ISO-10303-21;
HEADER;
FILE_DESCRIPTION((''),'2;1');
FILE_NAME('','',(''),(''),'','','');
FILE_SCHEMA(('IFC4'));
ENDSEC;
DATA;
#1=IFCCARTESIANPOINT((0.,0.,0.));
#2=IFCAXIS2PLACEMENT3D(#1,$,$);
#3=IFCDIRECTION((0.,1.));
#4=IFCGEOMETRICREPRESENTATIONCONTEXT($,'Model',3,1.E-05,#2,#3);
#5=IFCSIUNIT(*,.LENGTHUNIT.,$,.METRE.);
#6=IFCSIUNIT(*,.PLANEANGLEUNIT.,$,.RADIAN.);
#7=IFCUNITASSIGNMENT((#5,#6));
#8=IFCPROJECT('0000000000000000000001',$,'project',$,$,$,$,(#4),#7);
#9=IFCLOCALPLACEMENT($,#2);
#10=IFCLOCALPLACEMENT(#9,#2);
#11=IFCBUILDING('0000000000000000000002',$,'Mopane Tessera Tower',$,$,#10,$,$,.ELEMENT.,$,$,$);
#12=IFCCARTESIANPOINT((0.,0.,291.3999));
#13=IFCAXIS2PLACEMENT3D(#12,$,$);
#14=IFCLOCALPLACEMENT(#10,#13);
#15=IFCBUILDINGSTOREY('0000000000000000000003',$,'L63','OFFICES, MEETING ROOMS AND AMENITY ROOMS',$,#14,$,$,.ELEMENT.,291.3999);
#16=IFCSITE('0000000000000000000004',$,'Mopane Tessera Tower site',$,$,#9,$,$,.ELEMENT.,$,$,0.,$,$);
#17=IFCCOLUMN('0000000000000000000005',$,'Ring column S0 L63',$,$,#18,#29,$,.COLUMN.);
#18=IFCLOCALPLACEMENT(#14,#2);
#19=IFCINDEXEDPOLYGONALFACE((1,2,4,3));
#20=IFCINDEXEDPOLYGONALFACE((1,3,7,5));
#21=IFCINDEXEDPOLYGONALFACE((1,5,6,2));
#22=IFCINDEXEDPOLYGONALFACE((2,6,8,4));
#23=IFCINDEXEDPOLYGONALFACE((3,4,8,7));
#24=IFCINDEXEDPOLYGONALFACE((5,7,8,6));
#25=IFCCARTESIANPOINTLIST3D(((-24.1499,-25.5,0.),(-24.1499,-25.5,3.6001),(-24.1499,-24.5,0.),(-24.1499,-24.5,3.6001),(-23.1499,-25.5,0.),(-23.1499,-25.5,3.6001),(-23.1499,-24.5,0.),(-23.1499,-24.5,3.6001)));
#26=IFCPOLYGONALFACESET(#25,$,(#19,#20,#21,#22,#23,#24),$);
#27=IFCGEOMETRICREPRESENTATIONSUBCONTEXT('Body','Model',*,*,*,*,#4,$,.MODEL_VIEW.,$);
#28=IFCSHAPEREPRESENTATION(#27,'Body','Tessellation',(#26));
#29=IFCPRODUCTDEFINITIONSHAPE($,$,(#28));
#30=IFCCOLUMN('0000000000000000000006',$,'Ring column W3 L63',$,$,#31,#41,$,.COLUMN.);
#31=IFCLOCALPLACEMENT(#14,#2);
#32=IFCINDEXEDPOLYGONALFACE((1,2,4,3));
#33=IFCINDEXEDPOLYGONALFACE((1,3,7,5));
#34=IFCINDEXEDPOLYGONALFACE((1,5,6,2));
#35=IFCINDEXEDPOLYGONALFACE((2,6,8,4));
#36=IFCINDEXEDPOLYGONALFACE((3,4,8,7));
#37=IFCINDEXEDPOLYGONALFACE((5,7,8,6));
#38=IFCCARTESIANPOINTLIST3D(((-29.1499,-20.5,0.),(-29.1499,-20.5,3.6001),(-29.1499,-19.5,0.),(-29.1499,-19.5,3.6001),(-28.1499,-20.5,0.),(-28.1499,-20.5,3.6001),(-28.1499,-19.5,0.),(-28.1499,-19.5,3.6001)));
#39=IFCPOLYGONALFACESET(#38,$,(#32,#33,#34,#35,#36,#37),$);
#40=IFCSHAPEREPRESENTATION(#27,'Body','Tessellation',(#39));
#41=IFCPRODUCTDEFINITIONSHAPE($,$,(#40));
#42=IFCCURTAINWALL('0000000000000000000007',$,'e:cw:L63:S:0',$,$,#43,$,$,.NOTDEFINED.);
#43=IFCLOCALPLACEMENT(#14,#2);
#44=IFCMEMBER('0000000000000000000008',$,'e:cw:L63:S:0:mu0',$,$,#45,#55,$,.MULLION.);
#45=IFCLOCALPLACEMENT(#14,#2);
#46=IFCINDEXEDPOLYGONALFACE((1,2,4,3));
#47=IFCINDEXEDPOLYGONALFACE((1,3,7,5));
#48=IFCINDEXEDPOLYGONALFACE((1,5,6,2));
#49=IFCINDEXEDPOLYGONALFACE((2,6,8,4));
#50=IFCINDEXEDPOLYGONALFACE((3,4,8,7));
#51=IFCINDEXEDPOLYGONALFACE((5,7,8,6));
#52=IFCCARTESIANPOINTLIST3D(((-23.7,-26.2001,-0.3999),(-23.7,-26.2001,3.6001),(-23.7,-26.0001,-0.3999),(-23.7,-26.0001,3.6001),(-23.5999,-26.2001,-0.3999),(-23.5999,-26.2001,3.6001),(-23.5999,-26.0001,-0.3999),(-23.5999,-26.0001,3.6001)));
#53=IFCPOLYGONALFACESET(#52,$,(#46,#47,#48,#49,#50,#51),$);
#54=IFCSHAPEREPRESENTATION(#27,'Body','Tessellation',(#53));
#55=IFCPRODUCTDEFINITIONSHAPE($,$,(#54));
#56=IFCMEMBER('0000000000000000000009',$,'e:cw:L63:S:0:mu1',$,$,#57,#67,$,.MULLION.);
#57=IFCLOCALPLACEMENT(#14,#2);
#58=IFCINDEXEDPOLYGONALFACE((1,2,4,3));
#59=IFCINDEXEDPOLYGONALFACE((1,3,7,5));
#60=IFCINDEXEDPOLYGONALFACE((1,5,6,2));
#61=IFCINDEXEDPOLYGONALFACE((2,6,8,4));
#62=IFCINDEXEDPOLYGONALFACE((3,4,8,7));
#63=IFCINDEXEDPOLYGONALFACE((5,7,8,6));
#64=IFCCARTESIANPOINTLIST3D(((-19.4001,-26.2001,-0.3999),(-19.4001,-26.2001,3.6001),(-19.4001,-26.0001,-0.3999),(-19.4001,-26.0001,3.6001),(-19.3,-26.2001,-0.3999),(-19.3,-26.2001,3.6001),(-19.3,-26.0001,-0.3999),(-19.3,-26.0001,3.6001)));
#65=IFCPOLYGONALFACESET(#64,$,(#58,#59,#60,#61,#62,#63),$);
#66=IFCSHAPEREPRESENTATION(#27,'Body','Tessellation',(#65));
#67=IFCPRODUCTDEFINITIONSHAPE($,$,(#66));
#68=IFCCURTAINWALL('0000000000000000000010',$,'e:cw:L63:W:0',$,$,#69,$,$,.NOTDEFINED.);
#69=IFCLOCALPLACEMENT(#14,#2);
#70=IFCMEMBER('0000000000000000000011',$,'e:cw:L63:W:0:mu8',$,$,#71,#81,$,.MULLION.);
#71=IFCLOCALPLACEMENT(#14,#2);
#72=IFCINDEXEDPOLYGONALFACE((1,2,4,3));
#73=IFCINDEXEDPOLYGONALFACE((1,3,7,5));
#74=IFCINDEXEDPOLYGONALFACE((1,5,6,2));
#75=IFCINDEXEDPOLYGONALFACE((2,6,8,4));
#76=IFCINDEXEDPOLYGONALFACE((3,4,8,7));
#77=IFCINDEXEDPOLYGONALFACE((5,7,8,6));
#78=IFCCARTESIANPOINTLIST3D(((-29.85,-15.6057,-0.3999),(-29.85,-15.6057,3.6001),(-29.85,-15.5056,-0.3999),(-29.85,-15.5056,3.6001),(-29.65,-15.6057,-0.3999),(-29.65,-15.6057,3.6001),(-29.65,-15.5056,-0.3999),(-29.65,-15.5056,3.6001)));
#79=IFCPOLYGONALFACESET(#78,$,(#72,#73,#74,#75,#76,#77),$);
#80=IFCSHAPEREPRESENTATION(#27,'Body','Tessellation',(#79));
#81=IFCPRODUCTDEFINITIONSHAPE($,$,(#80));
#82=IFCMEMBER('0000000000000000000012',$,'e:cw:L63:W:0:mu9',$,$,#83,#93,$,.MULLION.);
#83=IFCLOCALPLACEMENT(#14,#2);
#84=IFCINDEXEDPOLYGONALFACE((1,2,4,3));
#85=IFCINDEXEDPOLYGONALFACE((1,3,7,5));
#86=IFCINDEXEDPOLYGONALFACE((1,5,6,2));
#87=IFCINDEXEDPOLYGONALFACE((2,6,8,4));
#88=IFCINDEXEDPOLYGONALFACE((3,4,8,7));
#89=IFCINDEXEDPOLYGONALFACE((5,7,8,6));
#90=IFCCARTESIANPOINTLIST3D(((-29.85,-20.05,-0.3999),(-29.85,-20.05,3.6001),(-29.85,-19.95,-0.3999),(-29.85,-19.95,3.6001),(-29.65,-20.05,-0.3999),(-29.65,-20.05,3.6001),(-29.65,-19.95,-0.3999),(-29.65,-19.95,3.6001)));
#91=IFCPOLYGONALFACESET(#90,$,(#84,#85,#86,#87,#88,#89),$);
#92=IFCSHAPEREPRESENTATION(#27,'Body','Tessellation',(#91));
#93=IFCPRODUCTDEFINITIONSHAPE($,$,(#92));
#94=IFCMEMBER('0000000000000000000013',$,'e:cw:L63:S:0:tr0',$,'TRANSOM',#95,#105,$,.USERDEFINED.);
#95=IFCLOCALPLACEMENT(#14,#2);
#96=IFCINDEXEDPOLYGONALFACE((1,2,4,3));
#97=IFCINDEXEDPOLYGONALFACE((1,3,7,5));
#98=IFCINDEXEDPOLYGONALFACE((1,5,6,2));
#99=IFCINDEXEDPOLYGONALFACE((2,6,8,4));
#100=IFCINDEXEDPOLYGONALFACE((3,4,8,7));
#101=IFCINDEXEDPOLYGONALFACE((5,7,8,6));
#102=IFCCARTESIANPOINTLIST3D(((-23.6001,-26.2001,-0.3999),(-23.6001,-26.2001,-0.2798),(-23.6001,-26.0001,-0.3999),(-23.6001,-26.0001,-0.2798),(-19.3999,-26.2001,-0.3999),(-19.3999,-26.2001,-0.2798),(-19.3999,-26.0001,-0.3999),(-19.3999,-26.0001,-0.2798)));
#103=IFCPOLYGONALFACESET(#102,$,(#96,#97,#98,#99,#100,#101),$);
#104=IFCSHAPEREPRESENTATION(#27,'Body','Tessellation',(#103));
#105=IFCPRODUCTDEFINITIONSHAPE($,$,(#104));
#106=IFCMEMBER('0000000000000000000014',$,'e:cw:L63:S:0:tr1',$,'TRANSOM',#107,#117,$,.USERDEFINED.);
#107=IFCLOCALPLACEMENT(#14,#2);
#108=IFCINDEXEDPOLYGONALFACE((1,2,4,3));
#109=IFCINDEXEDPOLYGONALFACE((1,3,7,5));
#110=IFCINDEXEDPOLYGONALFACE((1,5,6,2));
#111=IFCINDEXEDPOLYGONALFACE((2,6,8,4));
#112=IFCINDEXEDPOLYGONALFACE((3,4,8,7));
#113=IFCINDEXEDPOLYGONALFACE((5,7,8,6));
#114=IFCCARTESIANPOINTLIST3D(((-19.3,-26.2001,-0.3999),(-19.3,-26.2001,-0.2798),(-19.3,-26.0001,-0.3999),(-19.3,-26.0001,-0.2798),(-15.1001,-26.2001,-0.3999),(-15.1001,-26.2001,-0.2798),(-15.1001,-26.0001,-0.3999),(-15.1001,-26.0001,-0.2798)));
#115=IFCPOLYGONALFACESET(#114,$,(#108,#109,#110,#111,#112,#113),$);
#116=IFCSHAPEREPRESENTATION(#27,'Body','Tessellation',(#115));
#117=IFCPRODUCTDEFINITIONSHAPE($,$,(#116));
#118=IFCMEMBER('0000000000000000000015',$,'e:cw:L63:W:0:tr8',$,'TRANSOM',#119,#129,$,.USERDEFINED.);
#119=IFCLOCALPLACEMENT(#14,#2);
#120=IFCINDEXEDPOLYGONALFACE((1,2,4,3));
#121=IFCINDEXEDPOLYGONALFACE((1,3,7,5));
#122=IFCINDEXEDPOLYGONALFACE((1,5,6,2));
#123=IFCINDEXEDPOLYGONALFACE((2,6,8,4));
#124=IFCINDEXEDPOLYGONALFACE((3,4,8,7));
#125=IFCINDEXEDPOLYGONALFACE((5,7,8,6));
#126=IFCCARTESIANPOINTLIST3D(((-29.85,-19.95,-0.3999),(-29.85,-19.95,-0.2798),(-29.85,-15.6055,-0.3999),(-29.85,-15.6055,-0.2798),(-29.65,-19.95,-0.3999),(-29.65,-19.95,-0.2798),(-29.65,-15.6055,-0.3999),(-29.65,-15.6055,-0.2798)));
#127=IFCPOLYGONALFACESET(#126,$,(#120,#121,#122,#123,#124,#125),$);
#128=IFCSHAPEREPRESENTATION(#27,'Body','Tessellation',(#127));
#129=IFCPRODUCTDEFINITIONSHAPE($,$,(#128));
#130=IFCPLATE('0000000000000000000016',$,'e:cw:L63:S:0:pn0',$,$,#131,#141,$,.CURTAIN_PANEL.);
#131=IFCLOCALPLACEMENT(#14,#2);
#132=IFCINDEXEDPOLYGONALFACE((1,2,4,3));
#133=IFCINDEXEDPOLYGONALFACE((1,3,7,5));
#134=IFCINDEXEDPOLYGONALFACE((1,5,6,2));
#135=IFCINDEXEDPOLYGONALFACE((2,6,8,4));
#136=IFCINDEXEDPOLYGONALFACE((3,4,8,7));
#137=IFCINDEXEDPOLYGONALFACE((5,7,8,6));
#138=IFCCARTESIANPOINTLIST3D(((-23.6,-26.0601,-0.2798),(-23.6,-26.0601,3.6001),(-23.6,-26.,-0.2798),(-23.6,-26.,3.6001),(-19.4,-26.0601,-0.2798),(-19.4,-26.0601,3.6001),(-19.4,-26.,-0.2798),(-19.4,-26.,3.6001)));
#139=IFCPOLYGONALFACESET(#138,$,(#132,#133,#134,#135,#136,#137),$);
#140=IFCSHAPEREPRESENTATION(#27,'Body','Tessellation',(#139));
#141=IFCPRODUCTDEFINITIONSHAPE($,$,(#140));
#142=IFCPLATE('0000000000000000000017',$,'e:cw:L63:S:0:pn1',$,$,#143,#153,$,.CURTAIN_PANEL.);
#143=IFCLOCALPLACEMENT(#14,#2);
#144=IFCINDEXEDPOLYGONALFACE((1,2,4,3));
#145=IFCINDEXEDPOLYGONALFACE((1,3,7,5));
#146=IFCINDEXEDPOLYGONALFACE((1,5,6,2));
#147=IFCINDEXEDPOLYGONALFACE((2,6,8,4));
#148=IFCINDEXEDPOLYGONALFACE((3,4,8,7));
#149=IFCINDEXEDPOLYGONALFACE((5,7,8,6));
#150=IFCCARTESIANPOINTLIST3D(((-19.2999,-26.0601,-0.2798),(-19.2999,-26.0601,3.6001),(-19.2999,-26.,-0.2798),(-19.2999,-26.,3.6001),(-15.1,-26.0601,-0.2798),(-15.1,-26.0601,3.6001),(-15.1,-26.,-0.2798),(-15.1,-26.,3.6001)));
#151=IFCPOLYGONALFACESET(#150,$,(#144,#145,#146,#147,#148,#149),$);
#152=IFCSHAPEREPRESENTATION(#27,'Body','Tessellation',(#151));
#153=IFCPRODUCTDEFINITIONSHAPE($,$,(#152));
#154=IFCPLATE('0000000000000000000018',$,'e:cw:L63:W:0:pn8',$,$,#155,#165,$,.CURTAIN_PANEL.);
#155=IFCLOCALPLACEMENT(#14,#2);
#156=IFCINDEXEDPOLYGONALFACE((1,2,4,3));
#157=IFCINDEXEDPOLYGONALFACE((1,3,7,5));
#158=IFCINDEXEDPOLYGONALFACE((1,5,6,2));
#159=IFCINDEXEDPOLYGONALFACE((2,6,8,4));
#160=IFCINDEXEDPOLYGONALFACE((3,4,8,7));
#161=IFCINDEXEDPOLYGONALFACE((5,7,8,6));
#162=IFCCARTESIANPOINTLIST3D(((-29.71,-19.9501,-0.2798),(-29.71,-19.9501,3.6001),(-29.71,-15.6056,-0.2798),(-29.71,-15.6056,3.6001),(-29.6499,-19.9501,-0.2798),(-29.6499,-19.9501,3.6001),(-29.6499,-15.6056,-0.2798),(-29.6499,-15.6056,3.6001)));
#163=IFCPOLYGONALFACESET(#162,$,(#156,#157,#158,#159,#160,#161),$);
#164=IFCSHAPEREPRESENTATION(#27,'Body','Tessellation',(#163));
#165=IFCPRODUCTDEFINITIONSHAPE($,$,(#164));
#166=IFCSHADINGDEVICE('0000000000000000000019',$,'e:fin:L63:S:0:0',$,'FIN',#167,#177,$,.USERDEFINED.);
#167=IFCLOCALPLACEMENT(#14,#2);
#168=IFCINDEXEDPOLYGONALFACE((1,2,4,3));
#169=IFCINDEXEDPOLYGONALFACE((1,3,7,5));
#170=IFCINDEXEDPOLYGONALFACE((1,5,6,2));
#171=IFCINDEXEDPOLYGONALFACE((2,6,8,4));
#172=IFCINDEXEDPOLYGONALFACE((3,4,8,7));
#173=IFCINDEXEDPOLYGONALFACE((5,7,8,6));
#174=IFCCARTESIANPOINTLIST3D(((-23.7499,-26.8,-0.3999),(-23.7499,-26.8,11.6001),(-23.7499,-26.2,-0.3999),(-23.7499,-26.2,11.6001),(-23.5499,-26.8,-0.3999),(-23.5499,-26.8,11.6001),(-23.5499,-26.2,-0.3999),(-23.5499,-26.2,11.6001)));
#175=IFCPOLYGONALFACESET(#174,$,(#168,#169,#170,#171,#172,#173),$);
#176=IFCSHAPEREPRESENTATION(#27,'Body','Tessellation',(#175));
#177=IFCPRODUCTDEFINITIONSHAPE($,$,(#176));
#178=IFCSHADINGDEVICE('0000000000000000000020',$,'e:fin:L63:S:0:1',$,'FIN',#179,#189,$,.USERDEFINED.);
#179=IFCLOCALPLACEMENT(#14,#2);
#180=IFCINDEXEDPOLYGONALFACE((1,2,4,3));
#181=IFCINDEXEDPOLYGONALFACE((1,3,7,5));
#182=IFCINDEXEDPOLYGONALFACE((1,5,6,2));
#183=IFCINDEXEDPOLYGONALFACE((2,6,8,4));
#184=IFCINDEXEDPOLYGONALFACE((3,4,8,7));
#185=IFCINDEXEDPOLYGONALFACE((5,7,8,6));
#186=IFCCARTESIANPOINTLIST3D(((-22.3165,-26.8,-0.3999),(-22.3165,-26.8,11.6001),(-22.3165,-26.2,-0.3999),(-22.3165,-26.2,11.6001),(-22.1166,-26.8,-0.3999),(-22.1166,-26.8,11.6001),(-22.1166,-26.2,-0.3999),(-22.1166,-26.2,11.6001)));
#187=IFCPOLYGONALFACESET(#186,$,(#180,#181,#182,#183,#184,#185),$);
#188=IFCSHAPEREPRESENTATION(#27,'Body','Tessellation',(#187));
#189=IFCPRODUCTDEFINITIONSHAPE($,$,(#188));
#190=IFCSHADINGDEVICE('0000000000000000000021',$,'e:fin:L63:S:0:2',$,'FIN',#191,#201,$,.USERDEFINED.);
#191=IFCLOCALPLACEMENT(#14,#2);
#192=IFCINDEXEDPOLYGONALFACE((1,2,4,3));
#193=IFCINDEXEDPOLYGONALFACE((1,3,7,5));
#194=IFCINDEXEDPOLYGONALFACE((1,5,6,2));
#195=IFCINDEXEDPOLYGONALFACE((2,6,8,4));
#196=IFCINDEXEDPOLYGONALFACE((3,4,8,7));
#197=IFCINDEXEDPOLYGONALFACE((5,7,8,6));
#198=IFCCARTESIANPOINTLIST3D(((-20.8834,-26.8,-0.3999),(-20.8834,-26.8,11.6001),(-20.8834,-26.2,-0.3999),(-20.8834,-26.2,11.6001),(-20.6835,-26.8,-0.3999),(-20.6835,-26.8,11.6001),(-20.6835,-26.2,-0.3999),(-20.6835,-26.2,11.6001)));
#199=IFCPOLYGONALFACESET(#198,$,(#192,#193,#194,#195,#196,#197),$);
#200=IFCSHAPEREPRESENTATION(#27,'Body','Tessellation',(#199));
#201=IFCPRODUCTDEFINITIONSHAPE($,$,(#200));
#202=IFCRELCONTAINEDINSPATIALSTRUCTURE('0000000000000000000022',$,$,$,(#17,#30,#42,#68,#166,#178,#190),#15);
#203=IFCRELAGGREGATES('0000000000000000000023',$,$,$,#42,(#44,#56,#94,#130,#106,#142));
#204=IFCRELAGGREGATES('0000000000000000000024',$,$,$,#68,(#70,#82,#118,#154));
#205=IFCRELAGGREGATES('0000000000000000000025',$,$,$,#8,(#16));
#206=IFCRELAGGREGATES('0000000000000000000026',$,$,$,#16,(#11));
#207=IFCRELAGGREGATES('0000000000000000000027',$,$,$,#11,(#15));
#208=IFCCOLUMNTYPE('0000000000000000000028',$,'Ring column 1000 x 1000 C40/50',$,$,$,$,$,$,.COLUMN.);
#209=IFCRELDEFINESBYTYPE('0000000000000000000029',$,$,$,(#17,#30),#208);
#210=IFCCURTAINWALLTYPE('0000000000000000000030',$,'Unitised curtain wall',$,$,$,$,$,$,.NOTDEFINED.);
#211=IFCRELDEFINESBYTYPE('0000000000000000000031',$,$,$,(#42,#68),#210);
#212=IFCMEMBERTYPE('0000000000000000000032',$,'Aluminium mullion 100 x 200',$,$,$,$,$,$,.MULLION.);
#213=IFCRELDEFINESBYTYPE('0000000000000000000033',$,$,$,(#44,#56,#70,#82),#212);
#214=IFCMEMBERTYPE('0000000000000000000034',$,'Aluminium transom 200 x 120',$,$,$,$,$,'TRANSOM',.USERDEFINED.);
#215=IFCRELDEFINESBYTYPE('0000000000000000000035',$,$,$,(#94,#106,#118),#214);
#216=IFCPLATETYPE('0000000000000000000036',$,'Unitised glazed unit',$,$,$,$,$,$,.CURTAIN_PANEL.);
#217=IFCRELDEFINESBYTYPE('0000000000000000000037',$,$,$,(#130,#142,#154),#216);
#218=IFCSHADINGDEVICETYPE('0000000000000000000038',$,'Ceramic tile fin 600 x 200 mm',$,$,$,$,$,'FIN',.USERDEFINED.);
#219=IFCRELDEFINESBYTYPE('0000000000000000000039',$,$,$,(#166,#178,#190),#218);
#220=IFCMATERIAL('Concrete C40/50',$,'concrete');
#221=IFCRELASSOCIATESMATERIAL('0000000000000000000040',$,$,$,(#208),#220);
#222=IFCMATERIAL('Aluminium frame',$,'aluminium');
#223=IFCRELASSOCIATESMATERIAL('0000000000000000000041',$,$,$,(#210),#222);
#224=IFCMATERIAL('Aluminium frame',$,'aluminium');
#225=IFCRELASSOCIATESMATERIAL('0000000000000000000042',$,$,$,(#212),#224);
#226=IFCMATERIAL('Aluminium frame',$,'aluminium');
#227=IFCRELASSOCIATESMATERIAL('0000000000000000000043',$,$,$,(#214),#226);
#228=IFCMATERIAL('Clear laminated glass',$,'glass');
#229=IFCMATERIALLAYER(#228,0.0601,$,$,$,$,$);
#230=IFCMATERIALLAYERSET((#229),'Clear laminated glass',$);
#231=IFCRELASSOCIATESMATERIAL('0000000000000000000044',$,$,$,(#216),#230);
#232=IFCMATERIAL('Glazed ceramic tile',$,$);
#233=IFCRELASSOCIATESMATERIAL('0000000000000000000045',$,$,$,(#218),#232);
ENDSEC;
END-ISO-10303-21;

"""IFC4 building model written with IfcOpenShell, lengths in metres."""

from ifc_helpers import new_model, si_unit, direction, frame, origin, origin_2d, place, context, subcontext, project, spatial, rectangle, extrude, material, layer, layer_set, material_profile, profile_set, type_object, element, aggregate, save


model = new_model("IFC4")

# Units and contexts
model_context = context("Model", 3, precision=1e-05, world=origin(), true_north=direction((0.0, 1.0)))
body_context = subcontext(model_context, "Body", "Model", "MODEL_VIEW")
ifc_project = project(units=[si_unit("LENGTHUNIT", "METRE"), si_unit("PLANEANGLEUNIT", "RADIAN")], contexts=[model_context])

# Site, building, storey
site_placement = place(None, origin())
site = spatial("IfcSite", under=ifc_project, at=site_placement, Name="Mopane Tessera Tower site", CompositionType="ELEMENT", RefElevation=0.0)
building_placement = place(site_placement, origin())
building = spatial("IfcBuilding", under=site, at=building_placement, Name="Mopane Tessera Tower", CompositionType="ELEMENT")
storey_placement = place(building_placement, frame((0.0, 0.0, 291.3999)))
storey = spatial("IfcBuildingStorey", under=building, at=storey_placement, Name="L63", Description="OFFICES, MEETING ROOMS AND AMENITY ROOMS", CompositionType="ELEMENT", Elevation=291.3999)

# Columns
ifc_material_1 = material(Name="Concrete C40/50", Category="concrete")
ifc_material_profile_1 = material_profile(ifc_material_1, rectangle(XDim=1.0, YDim=1.0, at=origin_2d()))
ifc_profile_set_1 = profile_set([ifc_material_profile_1], Name="Concrete C40/50")
column_type = type_object("IfcColumnType", Name="Ring column 1000 x 1000 C40/50", PredefinedType="COLUMN", material=ifc_profile_set_1)
for number, where, z_axis, x_axis, name in (
    (1, (-23.6499, -25.0, 0.0), (0.0, 0.0, 1.0), (1.0, 0.0, 0.0), "Ring column S0 L63"),
    (2, (-28.6499, -20.0, 0.0), (0.0, 0.0, 1.0), (1.0, 0.0, 0.0), "Ring column W3 L63"),
):
    element("IfcColumn", number, at=place(storey_placement, frame(where, z_axis=z_axis, x_axis=x_axis)), inside=storey, type_object=column_type, Name=name, PredefinedType="COLUMN", context=body_context, shape_type="SweptSolid", body=[
        extrude(rectangle(XDim=1.0, YDim=1.0, at=origin_2d()), origin(), (0.0, 0.0, 1.0), 3.6001),
    ])

# Curtain walls, members
ifc_material_2 = material(Name="Aluminium frame", Category="aluminium")
curtain_wall_type = type_object("IfcCurtainWallType", Name="Unitised curtain wall", PredefinedType="NOTDEFINED", material=ifc_material_2)
curtain_wall_1_placement = place(storey_placement, origin())
curtain_wall_1 = element("IfcCurtainWall", 3, at=curtain_wall_1_placement, inside=storey, type_object=curtain_wall_type, Name="e:cw:L63:S:0", PredefinedType="NOTDEFINED")
ifc_material_3 = material(Name="Aluminium frame", Category="aluminium")
ifc_material_profile_2 = material_profile(ifc_material_3, rectangle(XDim=0.1001, YDim=0.2, at=origin_2d()))
ifc_profile_set_2 = profile_set([ifc_material_profile_2], Name="Aluminium frame")
member_type_1 = type_object("IfcMemberType", Name="Aluminium mullion 100 x 200", PredefinedType="MULLION", material=ifc_profile_set_2)
member_1_placement = place(storey_placement, frame((-23.6499, -26.1001, -0.3999), z_axis=(0.0, 0.0, 1.0), x_axis=(1.0, 0.0, 0.0)))
member_1 = element("IfcMember", 4, at=member_1_placement, type_object=member_type_1, Name="e:cw:L63:S:0:mu0", PredefinedType="MULLION", context=body_context, shape_type="SweptSolid", body=[
    extrude(rectangle(XDim=0.1001, YDim=0.2, at=origin_2d()), origin(), (0.0, 0.0, 1.0), 4.0),
])
member_2_placement = place(storey_placement, frame((-19.3501, -26.1001, -0.3999), z_axis=(0.0, 0.0, 1.0), x_axis=(1.0, 0.0, 0.0)))
member_2 = element("IfcMember", 5, at=member_2_placement, type_object=member_type_1, Name="e:cw:L63:S:0:mu1", PredefinedType="MULLION", context=body_context, shape_type="SweptSolid", body=[
    extrude(rectangle(XDim=0.1001, YDim=0.2, at=origin_2d()), origin(), (0.0, 0.0, 1.0), 4.0),
])
curtain_wall_2_placement = place(storey_placement, origin())
curtain_wall_2 = element("IfcCurtainWall", 6, at=curtain_wall_2_placement, inside=storey, type_object=curtain_wall_type, Name="e:cw:L63:W:0", PredefinedType="NOTDEFINED")
member_3_placement = place(storey_placement, frame((-29.75, -15.5557, -0.3999), z_axis=(0.0, 0.0, 1.0), x_axis=(0.0, -1.0, 0.0)))
member_3 = element("IfcMember", 7, at=member_3_placement, type_object=member_type_1, Name="e:cw:L63:W:0:mu8", PredefinedType="MULLION", context=body_context, shape_type="SweptSolid", body=[
    extrude(rectangle(XDim=0.1001, YDim=0.2, at=origin_2d()), origin(), (0.0, 0.0, 1.0), 4.0),
])
member_4_placement = place(storey_placement, frame((-29.75, -20.0, -0.3999), z_axis=(0.0, 0.0, 1.0), x_axis=(0.0, -1.0, 0.0)))
member_4 = element("IfcMember", 8, at=member_4_placement, type_object=member_type_1, Name="e:cw:L63:W:0:mu9", PredefinedType="MULLION", context=body_context, shape_type="SweptSolid", body=[
    extrude(rectangle(XDim=0.1001, YDim=0.2, at=origin_2d()), origin(), (0.0, 0.0, 1.0), 4.0),
])

# Members
ifc_material_4 = material(Name="Aluminium frame", Category="aluminium")
ifc_material_profile_3 = material_profile(ifc_material_4, rectangle(XDim=0.2, YDim=0.1201, at=origin_2d()))
ifc_profile_set_3 = profile_set([ifc_material_profile_3], Name="Aluminium frame")
member_type_2 = type_object("IfcMemberType", Name="Aluminium transom 200 x 120", ElementType="TRANSOM", PredefinedType="USERDEFINED", material=ifc_profile_set_3)
member_5_placement = place(storey_placement, frame((-23.6001, -26.1001, -0.3398), z_axis=(1.0, 0.0, 0.0), x_axis=(0.0, 1.0, 0.0)))
member_5 = element("IfcMember", 9, at=member_5_placement, type_object=member_type_2, Name="e:cw:L63:S:0:tr0", ObjectType="TRANSOM", PredefinedType="USERDEFINED", context=body_context, shape_type="SweptSolid", body=[
    extrude(rectangle(XDim=0.2, YDim=0.1201, at=origin_2d()), origin(), (0.0, 0.0, 1.0), 4.2002),
])
member_6_placement = place(storey_placement, frame((-19.3, -26.1001, -0.3398), z_axis=(1.0, 0.0, 0.0), x_axis=(0.0, 1.0, 0.0)))
member_6 = element("IfcMember", 10, at=member_6_placement, type_object=member_type_2, Name="e:cw:L63:S:0:tr1", ObjectType="TRANSOM", PredefinedType="USERDEFINED", context=body_context, shape_type="SweptSolid", body=[
    extrude(rectangle(XDim=0.2, YDim=0.1201, at=origin_2d()), origin(), (0.0, 0.0, 1.0), 4.2),
])
member_7_placement = place(storey_placement, frame((-29.75, -15.6055, -0.3398), z_axis=(0.0, -1.0, 0.0), x_axis=(1.0, 0.0, 0.0)))
member_7 = element("IfcMember", 11, at=member_7_placement, type_object=member_type_2, Name="e:cw:L63:W:0:tr8", ObjectType="TRANSOM", PredefinedType="USERDEFINED", context=body_context, shape_type="SweptSolid", body=[
    extrude(rectangle(XDim=0.2, YDim=0.1201, at=origin_2d()), origin(), (0.0, 0.0, 1.0), 4.3445),
])

# Plates
ifc_material_5 = material(Name="Clear laminated glass", Category="glass")
ifc_layer = layer(ifc_material_5, 0.0601)
ifc_layer_set = layer_set([ifc_layer], Name="Clear laminated glass")
plate_type = type_object("IfcPlateType", Name="Unitised glazed unit", PredefinedType="CURTAIN_PANEL", material=ifc_layer_set)
plate_1_placement = place(storey_placement, frame((-21.5, -26.03, -0.2798), z_axis=(0.0, 0.0, 1.0), x_axis=(1.0, 0.0, 0.0)))
plate_1 = element("IfcPlate", 12, at=plate_1_placement, type_object=plate_type, Name="e:cw:L63:S:0:pn0", PredefinedType="CURTAIN_PANEL", context=body_context, shape_type="SweptSolid", body=[
    extrude(rectangle(XDim=4.2, YDim=0.0601, at=origin_2d()), origin(), (0.0, 0.0, 1.0), 3.8799),
])
plate_2_placement = place(storey_placement, frame((-17.2, -26.03, -0.2798), z_axis=(0.0, 0.0, 1.0), x_axis=(1.0, 0.0, 0.0)))
plate_2 = element("IfcPlate", 13, at=plate_2_placement, type_object=plate_type, Name="e:cw:L63:S:0:pn1", PredefinedType="CURTAIN_PANEL", context=body_context, shape_type="SweptSolid", body=[
    extrude(rectangle(XDim=4.2, YDim=0.0601, at=origin_2d()), origin(), (0.0, 0.0, 1.0), 3.8799),
])
aggregate(curtain_wall_1, [member_1, member_2, member_5, plate_1, member_6, plate_2])
plate_3_placement = place(storey_placement, frame((-29.6799, -17.7778, -0.2798), z_axis=(0.0, 0.0, 1.0), x_axis=(0.0, -1.0, 0.0)))
plate_3 = element("IfcPlate", 14, at=plate_3_placement, type_object=plate_type, Name="e:cw:L63:W:0:pn8", PredefinedType="CURTAIN_PANEL", context=body_context, shape_type="SweptSolid", body=[
    extrude(rectangle(XDim=4.3445, YDim=0.0601, at=origin_2d()), origin(), (0.0, 0.0, 1.0), 3.8799),
])
aggregate(curtain_wall_2, [member_3, member_4, member_7, plate_3])

# Shading devices
ifc_material_6 = material(Name="Glazed ceramic tile")
shading_device_type = type_object("IfcShadingDeviceType", Name="Ceramic tile fin 600 x 200 mm", ElementType="FIN", PredefinedType="USERDEFINED", material=ifc_material_6)
for number, where, z_axis, x_axis, name in (
    (15, (-23.6499, -26.5, -0.3999), (0.0, 0.0, 1.0), (1.0, 0.0, 0.0), "e:fin:L63:S:0:0"),
    (16, (-22.2166, -26.5, -0.3999), (0.0, 0.0, 1.0), (1.0, 0.0, 0.0), "e:fin:L63:S:0:1"),
    (17, (-20.7834, -26.5, -0.3999), (0.0, 0.0, 1.0), (1.0, 0.0, 0.0), "e:fin:L63:S:0:2"),
):
    element("IfcShadingDevice", number, at=place(storey_placement, frame(where, z_axis=z_axis, x_axis=x_axis)), inside=storey, type_object=shading_device_type, Name=name, ObjectType="FIN", PredefinedType="USERDEFINED", context=body_context, shape_type="SweptSolid", body=[
        extrude(rectangle(XDim=0.2, YDim=0.6001, at=origin_2d()), origin(), (0.0, 0.0, 1.0), 12.0),
    ])

save(model, "model.ifc")
